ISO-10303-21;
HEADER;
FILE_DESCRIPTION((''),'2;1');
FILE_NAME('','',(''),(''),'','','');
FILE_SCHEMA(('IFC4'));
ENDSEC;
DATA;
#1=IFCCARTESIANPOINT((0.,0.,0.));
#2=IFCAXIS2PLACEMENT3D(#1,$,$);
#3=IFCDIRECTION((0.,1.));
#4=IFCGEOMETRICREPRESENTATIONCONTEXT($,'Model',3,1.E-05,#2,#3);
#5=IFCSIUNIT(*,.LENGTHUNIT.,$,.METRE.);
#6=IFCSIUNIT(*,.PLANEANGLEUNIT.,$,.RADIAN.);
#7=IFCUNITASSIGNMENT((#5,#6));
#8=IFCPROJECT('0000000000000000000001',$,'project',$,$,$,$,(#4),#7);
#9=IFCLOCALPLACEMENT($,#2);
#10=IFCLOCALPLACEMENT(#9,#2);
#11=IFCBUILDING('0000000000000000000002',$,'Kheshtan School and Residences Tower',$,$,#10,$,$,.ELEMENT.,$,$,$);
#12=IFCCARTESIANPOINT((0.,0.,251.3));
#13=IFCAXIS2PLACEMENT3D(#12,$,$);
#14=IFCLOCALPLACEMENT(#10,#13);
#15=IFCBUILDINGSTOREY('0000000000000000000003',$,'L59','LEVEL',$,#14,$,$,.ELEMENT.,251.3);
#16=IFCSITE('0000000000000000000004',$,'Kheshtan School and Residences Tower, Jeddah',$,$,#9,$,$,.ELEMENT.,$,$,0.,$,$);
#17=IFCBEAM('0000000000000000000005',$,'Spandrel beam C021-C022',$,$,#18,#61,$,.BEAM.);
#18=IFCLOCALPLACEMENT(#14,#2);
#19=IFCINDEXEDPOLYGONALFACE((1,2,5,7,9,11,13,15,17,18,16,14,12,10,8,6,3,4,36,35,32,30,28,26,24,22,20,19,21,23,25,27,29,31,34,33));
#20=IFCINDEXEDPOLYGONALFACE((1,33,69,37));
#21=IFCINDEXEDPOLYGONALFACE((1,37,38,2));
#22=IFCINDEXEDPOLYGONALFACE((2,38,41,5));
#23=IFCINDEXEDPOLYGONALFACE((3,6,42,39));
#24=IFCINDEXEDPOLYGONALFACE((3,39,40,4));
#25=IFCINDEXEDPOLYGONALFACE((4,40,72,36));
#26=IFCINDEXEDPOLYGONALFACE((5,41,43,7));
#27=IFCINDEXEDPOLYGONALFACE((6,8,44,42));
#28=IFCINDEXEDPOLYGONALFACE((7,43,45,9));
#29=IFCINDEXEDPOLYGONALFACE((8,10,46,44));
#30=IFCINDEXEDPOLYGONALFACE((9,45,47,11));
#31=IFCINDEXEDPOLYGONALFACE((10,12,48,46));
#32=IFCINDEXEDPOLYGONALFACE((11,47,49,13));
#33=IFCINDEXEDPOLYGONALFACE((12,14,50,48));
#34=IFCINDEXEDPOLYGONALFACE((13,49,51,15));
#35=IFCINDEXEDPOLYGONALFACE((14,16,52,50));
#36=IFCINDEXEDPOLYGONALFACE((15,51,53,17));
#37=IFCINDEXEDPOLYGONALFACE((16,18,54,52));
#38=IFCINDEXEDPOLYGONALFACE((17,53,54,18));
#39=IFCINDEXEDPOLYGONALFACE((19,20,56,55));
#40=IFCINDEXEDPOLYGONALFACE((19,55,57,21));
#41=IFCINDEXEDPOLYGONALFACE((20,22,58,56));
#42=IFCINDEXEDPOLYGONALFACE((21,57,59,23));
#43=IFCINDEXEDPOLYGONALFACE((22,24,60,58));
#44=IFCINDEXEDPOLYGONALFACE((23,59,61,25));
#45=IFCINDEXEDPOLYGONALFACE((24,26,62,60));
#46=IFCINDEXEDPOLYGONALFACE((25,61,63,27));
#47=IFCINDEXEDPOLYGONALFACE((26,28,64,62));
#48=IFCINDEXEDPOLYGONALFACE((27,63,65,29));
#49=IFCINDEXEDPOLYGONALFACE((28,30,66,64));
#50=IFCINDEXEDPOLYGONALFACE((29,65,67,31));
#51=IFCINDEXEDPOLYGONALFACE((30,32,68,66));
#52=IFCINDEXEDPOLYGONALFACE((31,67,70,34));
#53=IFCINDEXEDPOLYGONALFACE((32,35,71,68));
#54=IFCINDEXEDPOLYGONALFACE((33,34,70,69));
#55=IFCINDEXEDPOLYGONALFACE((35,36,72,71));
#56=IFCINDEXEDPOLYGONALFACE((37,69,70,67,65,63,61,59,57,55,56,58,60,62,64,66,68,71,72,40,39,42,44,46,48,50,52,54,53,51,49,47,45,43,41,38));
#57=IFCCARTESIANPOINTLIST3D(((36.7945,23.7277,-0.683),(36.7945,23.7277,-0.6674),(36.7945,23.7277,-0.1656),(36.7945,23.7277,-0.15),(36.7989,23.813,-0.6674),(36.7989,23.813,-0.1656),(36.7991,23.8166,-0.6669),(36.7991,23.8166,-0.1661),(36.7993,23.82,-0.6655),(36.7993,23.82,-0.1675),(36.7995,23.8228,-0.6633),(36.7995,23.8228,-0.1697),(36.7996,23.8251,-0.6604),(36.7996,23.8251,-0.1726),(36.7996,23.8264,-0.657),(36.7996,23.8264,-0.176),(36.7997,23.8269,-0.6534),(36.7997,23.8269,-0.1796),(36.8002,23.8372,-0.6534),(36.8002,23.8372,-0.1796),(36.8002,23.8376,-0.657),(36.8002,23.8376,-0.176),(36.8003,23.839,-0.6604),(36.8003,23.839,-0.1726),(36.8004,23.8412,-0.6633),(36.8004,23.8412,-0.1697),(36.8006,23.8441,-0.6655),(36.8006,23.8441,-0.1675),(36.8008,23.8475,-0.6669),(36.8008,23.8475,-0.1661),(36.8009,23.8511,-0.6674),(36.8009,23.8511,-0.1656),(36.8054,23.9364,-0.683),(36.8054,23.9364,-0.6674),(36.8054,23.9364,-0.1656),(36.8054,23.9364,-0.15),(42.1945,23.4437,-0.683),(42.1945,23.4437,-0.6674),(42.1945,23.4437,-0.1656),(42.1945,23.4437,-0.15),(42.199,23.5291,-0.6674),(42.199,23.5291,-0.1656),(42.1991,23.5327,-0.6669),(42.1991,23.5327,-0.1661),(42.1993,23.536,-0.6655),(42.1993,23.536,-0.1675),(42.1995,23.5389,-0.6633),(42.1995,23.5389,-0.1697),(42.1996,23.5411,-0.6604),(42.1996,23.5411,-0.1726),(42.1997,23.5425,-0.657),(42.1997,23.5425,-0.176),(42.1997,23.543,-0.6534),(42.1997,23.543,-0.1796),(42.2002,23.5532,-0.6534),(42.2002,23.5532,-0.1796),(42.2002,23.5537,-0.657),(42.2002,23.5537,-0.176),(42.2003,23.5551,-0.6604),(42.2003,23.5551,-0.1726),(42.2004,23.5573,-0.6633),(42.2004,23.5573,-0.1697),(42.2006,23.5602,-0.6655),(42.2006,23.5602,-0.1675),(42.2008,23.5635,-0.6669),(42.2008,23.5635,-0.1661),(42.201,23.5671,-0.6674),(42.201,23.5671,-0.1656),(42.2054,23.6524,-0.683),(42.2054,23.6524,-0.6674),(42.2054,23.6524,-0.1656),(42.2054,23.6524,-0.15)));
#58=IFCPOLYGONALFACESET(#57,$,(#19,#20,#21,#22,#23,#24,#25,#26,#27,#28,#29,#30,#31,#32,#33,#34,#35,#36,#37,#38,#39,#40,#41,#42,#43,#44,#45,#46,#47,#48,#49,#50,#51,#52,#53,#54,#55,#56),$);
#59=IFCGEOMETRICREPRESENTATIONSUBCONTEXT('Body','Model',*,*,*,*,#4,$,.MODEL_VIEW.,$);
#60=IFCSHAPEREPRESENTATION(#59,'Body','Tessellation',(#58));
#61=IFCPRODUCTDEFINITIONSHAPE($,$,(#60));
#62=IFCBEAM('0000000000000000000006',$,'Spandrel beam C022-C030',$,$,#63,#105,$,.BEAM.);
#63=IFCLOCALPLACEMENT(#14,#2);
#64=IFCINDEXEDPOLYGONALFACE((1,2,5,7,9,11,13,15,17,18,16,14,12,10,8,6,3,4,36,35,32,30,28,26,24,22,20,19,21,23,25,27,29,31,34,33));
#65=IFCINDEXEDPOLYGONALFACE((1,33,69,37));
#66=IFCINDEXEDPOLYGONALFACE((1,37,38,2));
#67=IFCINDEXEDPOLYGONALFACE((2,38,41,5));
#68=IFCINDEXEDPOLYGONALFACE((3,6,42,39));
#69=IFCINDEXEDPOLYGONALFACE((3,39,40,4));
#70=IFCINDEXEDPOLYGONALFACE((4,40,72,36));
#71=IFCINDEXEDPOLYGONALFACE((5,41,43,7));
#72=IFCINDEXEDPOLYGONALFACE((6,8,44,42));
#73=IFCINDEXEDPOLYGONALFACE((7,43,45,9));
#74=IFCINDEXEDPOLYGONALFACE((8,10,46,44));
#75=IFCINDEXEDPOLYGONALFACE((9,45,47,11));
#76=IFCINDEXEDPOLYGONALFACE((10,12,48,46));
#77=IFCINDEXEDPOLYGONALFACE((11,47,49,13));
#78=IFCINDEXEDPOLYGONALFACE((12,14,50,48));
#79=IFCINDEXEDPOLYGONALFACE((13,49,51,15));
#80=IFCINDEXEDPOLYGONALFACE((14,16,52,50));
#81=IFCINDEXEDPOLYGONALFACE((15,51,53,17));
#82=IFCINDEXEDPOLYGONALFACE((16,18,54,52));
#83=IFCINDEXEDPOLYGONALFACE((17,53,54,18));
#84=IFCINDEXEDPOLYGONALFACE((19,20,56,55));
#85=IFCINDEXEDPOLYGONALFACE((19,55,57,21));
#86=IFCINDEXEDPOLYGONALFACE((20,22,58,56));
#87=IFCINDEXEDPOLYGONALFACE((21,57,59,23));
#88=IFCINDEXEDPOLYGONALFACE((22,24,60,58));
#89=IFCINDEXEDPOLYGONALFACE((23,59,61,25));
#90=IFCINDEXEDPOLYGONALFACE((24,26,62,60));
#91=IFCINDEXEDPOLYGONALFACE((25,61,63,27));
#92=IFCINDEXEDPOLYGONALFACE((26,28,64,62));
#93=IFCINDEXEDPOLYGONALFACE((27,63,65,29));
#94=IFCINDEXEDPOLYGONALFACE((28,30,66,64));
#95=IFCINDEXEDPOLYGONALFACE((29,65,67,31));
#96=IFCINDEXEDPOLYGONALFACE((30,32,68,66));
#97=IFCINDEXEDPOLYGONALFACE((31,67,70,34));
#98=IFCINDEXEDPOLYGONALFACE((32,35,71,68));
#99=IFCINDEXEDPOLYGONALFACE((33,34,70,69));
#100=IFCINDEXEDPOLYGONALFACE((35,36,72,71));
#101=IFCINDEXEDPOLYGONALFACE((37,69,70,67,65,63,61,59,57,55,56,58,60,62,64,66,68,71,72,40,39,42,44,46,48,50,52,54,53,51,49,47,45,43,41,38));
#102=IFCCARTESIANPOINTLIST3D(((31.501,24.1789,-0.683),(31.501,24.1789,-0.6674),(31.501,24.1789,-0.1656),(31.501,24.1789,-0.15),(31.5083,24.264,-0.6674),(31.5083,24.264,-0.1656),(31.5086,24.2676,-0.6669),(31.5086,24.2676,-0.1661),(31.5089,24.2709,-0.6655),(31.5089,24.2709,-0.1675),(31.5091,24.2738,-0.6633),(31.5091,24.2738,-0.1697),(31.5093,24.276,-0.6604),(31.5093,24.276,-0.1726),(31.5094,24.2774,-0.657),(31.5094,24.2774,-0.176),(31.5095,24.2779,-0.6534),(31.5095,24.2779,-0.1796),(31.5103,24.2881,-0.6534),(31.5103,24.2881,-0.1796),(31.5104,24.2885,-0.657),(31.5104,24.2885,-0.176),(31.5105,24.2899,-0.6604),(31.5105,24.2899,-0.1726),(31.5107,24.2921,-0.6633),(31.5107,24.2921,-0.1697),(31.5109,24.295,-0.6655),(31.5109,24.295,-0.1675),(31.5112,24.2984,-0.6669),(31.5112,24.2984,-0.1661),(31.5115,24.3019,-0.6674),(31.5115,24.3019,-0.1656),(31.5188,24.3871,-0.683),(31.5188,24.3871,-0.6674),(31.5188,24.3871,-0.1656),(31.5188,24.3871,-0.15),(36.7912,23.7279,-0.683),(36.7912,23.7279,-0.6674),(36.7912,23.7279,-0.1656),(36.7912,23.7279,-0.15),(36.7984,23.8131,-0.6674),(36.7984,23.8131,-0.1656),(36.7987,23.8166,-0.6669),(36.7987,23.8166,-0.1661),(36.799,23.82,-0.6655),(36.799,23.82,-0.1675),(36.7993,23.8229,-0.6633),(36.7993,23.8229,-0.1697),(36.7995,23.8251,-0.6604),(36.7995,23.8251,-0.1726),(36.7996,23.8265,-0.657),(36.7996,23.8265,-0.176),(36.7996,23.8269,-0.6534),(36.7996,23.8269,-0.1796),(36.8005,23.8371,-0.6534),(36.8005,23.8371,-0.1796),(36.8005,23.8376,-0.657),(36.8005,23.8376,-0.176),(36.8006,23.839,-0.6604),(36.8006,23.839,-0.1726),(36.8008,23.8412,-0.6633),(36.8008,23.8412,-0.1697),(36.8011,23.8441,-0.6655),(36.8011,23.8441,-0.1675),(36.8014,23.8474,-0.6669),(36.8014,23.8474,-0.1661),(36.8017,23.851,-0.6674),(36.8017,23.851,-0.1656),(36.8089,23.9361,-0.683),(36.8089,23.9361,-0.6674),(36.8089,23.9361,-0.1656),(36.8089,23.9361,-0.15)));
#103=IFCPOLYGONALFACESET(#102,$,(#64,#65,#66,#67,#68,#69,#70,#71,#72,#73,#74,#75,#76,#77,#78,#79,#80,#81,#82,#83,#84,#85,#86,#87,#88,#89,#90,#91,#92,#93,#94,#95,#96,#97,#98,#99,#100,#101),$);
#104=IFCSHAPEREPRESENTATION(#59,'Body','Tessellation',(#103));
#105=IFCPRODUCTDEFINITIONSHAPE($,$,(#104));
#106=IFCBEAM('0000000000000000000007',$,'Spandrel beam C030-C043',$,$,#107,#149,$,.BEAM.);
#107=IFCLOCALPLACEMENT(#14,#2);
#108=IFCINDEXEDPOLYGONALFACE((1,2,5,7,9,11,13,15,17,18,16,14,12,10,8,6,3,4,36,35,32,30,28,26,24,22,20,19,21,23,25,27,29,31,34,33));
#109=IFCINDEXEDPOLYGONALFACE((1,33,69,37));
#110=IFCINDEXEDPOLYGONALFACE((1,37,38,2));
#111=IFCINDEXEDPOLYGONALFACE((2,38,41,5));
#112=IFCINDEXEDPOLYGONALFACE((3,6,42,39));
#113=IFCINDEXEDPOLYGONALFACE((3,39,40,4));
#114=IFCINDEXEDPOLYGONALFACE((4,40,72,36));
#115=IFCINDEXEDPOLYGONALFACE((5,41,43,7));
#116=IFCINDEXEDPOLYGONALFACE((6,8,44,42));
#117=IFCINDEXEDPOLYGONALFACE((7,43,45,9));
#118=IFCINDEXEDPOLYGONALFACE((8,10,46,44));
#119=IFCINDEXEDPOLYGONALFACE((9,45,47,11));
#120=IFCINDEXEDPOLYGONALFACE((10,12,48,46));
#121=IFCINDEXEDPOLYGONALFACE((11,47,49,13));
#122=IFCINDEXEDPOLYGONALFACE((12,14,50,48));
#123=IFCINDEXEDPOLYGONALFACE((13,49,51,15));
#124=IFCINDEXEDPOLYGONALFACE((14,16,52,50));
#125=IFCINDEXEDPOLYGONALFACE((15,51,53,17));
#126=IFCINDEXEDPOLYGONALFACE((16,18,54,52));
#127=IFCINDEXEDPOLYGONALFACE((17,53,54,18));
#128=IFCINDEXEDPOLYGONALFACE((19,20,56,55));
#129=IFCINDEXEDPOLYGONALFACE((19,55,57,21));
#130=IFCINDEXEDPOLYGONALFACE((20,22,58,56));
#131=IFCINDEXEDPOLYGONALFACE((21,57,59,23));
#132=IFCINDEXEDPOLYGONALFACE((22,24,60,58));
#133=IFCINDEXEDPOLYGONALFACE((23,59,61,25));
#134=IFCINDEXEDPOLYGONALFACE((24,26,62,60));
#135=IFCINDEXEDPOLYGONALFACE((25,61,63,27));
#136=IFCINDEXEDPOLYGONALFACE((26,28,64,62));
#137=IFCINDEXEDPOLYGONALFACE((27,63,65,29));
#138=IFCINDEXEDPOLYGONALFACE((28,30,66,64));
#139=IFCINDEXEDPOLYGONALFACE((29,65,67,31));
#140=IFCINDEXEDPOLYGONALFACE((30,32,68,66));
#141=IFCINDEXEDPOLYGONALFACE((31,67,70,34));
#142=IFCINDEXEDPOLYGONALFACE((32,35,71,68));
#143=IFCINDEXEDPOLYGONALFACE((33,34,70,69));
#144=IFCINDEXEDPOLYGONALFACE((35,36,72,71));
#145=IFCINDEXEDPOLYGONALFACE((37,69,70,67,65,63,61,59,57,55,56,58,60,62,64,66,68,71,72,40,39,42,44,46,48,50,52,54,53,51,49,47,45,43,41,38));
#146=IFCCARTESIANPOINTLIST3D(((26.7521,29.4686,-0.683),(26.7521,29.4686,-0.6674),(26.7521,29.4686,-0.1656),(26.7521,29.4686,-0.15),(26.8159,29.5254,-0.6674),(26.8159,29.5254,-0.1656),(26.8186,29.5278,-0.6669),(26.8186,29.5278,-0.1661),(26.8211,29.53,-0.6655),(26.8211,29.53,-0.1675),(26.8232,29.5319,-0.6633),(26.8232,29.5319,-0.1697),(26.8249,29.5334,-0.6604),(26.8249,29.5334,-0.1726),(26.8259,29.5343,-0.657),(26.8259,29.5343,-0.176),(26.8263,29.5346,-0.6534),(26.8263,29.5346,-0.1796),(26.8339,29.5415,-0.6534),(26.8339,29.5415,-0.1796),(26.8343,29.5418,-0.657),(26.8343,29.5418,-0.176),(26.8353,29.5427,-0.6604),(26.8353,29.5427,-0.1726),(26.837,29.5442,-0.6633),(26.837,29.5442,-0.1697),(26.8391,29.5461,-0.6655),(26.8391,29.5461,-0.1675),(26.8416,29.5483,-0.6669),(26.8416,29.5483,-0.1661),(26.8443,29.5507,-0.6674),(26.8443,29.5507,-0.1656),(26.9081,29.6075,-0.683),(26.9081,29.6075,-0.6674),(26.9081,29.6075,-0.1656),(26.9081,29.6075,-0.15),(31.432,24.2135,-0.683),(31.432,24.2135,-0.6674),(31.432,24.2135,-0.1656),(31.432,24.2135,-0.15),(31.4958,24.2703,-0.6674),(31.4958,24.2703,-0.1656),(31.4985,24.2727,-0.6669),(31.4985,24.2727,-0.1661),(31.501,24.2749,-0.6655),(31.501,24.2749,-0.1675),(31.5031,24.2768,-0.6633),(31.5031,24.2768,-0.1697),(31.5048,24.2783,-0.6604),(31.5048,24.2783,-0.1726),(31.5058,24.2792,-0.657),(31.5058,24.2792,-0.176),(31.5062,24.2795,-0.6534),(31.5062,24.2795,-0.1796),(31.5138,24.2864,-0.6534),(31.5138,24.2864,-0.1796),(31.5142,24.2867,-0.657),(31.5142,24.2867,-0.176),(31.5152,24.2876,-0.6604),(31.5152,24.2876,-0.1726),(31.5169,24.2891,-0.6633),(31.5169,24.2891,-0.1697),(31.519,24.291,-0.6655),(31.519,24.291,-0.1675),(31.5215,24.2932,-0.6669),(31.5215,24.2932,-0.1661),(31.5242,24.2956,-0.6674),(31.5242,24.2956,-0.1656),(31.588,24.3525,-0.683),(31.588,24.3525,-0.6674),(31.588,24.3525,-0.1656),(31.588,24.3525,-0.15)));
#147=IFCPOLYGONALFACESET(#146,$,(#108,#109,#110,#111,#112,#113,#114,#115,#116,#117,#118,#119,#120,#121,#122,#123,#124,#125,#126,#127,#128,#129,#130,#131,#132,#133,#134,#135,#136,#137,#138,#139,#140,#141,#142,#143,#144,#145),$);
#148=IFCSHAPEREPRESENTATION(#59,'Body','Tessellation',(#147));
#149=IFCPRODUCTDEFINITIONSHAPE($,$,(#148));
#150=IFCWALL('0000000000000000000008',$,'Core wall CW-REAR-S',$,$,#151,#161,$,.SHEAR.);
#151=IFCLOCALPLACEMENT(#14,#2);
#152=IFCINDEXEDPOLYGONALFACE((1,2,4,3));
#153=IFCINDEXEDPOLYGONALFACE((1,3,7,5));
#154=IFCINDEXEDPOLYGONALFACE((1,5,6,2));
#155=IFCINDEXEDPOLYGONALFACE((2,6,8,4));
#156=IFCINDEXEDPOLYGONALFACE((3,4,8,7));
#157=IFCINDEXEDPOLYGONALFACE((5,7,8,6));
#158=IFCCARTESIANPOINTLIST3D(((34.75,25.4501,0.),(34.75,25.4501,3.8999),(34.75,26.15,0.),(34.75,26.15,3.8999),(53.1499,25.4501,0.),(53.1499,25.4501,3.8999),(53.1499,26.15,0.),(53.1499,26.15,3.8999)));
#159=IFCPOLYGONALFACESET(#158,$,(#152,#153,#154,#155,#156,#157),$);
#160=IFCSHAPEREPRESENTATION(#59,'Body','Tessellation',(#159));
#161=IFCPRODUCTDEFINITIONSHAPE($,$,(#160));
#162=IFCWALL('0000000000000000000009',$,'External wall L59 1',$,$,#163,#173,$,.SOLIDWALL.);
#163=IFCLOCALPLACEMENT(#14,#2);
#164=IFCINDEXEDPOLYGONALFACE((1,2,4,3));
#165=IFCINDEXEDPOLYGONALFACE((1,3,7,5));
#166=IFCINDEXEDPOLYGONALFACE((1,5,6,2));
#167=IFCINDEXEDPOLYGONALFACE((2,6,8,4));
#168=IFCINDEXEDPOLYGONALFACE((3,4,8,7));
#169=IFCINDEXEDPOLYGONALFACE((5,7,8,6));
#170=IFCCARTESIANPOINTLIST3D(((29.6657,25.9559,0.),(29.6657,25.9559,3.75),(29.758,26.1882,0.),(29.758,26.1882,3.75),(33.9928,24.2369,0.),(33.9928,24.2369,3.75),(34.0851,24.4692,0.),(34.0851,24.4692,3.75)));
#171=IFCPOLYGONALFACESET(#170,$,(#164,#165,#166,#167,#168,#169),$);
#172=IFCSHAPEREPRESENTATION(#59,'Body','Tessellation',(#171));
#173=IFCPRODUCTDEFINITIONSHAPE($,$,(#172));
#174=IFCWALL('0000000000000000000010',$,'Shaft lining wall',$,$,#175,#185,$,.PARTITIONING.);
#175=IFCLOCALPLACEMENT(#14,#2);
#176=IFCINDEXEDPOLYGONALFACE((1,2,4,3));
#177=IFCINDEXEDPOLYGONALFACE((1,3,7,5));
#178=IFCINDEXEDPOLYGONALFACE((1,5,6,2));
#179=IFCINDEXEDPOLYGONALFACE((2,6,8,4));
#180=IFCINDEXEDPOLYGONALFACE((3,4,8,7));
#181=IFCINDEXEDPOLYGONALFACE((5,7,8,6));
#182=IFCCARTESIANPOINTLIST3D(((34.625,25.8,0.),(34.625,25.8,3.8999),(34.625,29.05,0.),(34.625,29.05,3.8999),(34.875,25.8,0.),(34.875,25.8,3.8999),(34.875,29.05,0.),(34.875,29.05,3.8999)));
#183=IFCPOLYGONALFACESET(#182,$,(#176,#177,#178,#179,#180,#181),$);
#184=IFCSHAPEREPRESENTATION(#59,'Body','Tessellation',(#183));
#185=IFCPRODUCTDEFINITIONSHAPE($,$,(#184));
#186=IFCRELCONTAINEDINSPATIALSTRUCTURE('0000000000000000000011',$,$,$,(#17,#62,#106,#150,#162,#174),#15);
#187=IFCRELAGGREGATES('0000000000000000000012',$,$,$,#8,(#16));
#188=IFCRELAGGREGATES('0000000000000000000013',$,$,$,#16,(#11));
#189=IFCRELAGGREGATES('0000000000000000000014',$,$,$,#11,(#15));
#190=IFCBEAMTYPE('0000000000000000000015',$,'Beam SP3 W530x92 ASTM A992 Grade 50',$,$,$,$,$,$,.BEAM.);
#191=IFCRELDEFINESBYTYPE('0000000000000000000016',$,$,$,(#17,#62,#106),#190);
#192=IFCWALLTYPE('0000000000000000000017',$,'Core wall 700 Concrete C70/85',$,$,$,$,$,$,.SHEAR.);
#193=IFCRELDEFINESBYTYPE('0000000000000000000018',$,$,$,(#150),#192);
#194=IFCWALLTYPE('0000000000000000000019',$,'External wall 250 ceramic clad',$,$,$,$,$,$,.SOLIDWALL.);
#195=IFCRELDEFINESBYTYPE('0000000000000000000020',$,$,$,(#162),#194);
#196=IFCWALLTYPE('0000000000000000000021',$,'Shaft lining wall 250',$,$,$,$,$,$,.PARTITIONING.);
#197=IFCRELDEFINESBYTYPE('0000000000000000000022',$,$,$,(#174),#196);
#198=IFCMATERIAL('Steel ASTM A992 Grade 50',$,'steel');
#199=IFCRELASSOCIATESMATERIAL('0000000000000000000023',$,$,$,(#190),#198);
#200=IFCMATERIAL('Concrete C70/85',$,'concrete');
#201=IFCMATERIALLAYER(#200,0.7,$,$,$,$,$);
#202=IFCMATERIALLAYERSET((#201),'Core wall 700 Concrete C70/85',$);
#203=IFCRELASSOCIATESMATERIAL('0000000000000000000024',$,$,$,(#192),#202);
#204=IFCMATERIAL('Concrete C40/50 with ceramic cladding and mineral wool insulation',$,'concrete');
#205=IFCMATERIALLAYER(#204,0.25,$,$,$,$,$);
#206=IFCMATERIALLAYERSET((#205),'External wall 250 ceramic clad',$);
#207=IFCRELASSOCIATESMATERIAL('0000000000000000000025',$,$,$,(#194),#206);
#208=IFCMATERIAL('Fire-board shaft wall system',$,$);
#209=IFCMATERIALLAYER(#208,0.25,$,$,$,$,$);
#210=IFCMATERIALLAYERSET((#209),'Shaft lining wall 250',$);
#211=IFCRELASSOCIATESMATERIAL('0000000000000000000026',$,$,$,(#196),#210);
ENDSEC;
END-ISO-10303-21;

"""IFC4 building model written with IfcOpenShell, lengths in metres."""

from ifc_helpers import new_model, si_unit, direction, frame, frame_2d, origin, origin_2d, place, context, subcontext, project, spatial, rectangle, i_section, extrude, material, layer, layer_set, material_profile, profile_set, type_object, element, save


model = new_model("IFC4")

# Units and contexts
model_context = context("Model", 3, precision=1e-05, world=origin(), true_north=direction((0.0, 1.0)))
body_context = subcontext(model_context, "Body", "Model", "MODEL_VIEW")
ifc_project = project(units=[si_unit("LENGTHUNIT", "METRE"), si_unit("PLANEANGLEUNIT", "RADIAN")], contexts=[model_context])

# Site, building, storey
site_placement = place(None, origin())
site = spatial("IfcSite", under=ifc_project, at=site_placement, Name="Kheshtan School and Residences Tower, Jeddah", CompositionType="ELEMENT", RefElevation=0.0)
building_placement = place(site_placement, origin())
building = spatial("IfcBuilding", under=site, at=building_placement, Name="Kheshtan School and Residences Tower", CompositionType="ELEMENT")
storey_placement = place(building_placement, frame((0.0, 0.0, 251.3)))
storey = spatial("IfcBuildingStorey", under=building, at=storey_placement, Name="L59", Description="LEVEL", CompositionType="ELEMENT", Elevation=251.3)

# Shared definitions
ifc_material_1 = material(Name="Steel ASTM A992 Grade 50", Category="steel")

# Beams
ifc_material_profile_1 = material_profile(ifc_material_1, i_section(OverallWidth=0.209, OverallDepth=0.533, WebThickness=0.0103, FlangeThickness=0.0156, FilletRadius=0.0139, at=origin_2d()), Name="W530x92")
ifc_profile_set_1 = profile_set([ifc_material_profile_1], Name="Steel ASTM A992 Grade 50")
beam_type_1 = type_object("IfcBeamType", Name="Beam SP3 W530x92 ASTM A992 Grade 50", PredefinedType="BEAM", material=ifc_profile_set_1)
beam_1_placement = place(storey_placement, frame((42.2, 23.5481, -0.4165), z_axis=(-0.99862, 0.052509, 0.0), x_axis=(-0.052509, -0.99862, 0.0)))
element("IfcBeam", 1, at=beam_1_placement, inside=storey, type_object=beam_type_1, Name="Spandrel beam C021-C022", PredefinedType="BEAM", context=body_context, shape_type="SweptSolid", body=[
    extrude(i_section(OverallWidth=0.209, OverallDepth=0.533, WebThickness=0.0103, FlangeThickness=0.0156, FilletRadius=0.0139, at=origin_2d()), origin(), (0.0, 0.0, 1.0), 5.4075),
])
beam_2_placement = place(storey_placement, frame((36.8, 23.832, -0.4165), z_axis=(-0.996387, 0.084933, 0.0), x_axis=(-0.084933, -0.996387, 0.0)))
element("IfcBeam", 2, at=beam_2_placement, inside=storey, type_object=beam_type_1, Name="Spandrel beam C022-C030", PredefinedType="BEAM", context=body_context, shape_type="SweptSolid", body=[
    extrude(i_section(OverallWidth=0.209, OverallDepth=0.533, WebThickness=0.0103, FlangeThickness=0.0156, FilletRadius=0.0139, at=origin_2d()), origin(), (0.0, 0.0, 1.0), 5.3093),
])
beam_3_placement = place(storey_placement, frame((31.51, 24.283, -0.4165), z_axis=(-0.665055, 0.746795, 0.0), x_axis=(-0.746795, -0.665055, 0.0)))
element("IfcBeam", 3, at=beam_3_placement, inside=storey, type_object=beam_type_1, Name="Spandrel beam C030-C043", PredefinedType="BEAM", context=body_context, shape_type="SweptSolid", body=[
    extrude(i_section(OverallWidth=0.209, OverallDepth=0.533, WebThickness=0.0103, FlangeThickness=0.0156, FilletRadius=0.0139, at=origin_2d()), origin(), (0.0, 0.0, 1.0), 7.0369),
])

# Walls
ifc_material_2 = material(Name="Concrete C70/85", Category="concrete")
ifc_layer_1 = layer(ifc_material_2, 0.7)
ifc_layer_set_1 = layer_set([ifc_layer_1], Name="Core wall 700 Concrete C70/85")
wall_type_1 = type_object("IfcWallType", Name="Core wall 700 Concrete C70/85", PredefinedType="SHEAR", material=ifc_layer_set_1)
wall_1_placement = place(storey_placement, frame((34.75, 25.8, 0.0), z_axis=(0.0, 0.0, 1.0), x_axis=(1.0, 0.0, 0.0)))
element("IfcWall", 4, at=wall_1_placement, inside=storey, type_object=wall_type_1, Name="Core wall CW-REAR-S", PredefinedType="SHEAR", context=body_context, shape_type="SweptSolid", body=[
    extrude(rectangle(XDim=18.3999, YDim=0.7, at=frame_2d((9.2, 0.0))), origin(), (0.0, 0.0, 1.0), 3.8999),
])
ifc_material_3 = material(Name="Concrete C40/50 with ceramic cladding and mineral wool insulation", Category="concrete")
ifc_layer_2 = layer(ifc_material_3, 0.25)
ifc_layer_set_2 = layer_set([ifc_layer_2], Name="External wall 250 ceramic clad")
wall_type_2 = type_object("IfcWallType", Name="External wall 250 ceramic clad", PredefinedType="SOLIDWALL", material=ifc_layer_set_2)
wall_2_placement = place(storey_placement, frame((34.0391, 24.353, 0.0), z_axis=(0.0, 0.0, 1.0), x_axis=(-0.929353, 0.369193, 0.0)))
element("IfcWall", 5, at=wall_2_placement, inside=storey, type_object=wall_type_2, Name="External wall L59 1", PredefinedType="SOLIDWALL", context=body_context, shape_type="SweptSolid", body=[
    extrude(rectangle(XDim=4.656, YDim=0.25, at=frame_2d((2.3281, 0.0))), origin(), (0.0, 0.0, 1.0), 3.75),
])
ifc_material_4 = material(Name="Fire-board shaft wall system")
ifc_layer_3 = layer(ifc_material_4, 0.25)
ifc_layer_set_3 = layer_set([ifc_layer_3], Name="Shaft lining wall 250")
wall_type_3 = type_object("IfcWallType", Name="Shaft lining wall 250", PredefinedType="PARTITIONING", material=ifc_layer_set_3)
wall_3_placement = place(storey_placement, frame((34.75, 25.8, 0.0), z_axis=(0.0, 0.0, 1.0), x_axis=(0.0, 1.0, 0.0)))
element("IfcWall", 6, at=wall_3_placement, inside=storey, type_object=wall_type_3, Name="Shaft lining wall", PredefinedType="PARTITIONING", context=body_context, shape_type="SweptSolid", body=[
    extrude(rectangle(XDim=3.25, YDim=0.25, at=frame_2d((1.625, 0.0))), origin(), (0.0, 0.0, 1.0), 3.8999),
])

save(model, "model.ifc")
